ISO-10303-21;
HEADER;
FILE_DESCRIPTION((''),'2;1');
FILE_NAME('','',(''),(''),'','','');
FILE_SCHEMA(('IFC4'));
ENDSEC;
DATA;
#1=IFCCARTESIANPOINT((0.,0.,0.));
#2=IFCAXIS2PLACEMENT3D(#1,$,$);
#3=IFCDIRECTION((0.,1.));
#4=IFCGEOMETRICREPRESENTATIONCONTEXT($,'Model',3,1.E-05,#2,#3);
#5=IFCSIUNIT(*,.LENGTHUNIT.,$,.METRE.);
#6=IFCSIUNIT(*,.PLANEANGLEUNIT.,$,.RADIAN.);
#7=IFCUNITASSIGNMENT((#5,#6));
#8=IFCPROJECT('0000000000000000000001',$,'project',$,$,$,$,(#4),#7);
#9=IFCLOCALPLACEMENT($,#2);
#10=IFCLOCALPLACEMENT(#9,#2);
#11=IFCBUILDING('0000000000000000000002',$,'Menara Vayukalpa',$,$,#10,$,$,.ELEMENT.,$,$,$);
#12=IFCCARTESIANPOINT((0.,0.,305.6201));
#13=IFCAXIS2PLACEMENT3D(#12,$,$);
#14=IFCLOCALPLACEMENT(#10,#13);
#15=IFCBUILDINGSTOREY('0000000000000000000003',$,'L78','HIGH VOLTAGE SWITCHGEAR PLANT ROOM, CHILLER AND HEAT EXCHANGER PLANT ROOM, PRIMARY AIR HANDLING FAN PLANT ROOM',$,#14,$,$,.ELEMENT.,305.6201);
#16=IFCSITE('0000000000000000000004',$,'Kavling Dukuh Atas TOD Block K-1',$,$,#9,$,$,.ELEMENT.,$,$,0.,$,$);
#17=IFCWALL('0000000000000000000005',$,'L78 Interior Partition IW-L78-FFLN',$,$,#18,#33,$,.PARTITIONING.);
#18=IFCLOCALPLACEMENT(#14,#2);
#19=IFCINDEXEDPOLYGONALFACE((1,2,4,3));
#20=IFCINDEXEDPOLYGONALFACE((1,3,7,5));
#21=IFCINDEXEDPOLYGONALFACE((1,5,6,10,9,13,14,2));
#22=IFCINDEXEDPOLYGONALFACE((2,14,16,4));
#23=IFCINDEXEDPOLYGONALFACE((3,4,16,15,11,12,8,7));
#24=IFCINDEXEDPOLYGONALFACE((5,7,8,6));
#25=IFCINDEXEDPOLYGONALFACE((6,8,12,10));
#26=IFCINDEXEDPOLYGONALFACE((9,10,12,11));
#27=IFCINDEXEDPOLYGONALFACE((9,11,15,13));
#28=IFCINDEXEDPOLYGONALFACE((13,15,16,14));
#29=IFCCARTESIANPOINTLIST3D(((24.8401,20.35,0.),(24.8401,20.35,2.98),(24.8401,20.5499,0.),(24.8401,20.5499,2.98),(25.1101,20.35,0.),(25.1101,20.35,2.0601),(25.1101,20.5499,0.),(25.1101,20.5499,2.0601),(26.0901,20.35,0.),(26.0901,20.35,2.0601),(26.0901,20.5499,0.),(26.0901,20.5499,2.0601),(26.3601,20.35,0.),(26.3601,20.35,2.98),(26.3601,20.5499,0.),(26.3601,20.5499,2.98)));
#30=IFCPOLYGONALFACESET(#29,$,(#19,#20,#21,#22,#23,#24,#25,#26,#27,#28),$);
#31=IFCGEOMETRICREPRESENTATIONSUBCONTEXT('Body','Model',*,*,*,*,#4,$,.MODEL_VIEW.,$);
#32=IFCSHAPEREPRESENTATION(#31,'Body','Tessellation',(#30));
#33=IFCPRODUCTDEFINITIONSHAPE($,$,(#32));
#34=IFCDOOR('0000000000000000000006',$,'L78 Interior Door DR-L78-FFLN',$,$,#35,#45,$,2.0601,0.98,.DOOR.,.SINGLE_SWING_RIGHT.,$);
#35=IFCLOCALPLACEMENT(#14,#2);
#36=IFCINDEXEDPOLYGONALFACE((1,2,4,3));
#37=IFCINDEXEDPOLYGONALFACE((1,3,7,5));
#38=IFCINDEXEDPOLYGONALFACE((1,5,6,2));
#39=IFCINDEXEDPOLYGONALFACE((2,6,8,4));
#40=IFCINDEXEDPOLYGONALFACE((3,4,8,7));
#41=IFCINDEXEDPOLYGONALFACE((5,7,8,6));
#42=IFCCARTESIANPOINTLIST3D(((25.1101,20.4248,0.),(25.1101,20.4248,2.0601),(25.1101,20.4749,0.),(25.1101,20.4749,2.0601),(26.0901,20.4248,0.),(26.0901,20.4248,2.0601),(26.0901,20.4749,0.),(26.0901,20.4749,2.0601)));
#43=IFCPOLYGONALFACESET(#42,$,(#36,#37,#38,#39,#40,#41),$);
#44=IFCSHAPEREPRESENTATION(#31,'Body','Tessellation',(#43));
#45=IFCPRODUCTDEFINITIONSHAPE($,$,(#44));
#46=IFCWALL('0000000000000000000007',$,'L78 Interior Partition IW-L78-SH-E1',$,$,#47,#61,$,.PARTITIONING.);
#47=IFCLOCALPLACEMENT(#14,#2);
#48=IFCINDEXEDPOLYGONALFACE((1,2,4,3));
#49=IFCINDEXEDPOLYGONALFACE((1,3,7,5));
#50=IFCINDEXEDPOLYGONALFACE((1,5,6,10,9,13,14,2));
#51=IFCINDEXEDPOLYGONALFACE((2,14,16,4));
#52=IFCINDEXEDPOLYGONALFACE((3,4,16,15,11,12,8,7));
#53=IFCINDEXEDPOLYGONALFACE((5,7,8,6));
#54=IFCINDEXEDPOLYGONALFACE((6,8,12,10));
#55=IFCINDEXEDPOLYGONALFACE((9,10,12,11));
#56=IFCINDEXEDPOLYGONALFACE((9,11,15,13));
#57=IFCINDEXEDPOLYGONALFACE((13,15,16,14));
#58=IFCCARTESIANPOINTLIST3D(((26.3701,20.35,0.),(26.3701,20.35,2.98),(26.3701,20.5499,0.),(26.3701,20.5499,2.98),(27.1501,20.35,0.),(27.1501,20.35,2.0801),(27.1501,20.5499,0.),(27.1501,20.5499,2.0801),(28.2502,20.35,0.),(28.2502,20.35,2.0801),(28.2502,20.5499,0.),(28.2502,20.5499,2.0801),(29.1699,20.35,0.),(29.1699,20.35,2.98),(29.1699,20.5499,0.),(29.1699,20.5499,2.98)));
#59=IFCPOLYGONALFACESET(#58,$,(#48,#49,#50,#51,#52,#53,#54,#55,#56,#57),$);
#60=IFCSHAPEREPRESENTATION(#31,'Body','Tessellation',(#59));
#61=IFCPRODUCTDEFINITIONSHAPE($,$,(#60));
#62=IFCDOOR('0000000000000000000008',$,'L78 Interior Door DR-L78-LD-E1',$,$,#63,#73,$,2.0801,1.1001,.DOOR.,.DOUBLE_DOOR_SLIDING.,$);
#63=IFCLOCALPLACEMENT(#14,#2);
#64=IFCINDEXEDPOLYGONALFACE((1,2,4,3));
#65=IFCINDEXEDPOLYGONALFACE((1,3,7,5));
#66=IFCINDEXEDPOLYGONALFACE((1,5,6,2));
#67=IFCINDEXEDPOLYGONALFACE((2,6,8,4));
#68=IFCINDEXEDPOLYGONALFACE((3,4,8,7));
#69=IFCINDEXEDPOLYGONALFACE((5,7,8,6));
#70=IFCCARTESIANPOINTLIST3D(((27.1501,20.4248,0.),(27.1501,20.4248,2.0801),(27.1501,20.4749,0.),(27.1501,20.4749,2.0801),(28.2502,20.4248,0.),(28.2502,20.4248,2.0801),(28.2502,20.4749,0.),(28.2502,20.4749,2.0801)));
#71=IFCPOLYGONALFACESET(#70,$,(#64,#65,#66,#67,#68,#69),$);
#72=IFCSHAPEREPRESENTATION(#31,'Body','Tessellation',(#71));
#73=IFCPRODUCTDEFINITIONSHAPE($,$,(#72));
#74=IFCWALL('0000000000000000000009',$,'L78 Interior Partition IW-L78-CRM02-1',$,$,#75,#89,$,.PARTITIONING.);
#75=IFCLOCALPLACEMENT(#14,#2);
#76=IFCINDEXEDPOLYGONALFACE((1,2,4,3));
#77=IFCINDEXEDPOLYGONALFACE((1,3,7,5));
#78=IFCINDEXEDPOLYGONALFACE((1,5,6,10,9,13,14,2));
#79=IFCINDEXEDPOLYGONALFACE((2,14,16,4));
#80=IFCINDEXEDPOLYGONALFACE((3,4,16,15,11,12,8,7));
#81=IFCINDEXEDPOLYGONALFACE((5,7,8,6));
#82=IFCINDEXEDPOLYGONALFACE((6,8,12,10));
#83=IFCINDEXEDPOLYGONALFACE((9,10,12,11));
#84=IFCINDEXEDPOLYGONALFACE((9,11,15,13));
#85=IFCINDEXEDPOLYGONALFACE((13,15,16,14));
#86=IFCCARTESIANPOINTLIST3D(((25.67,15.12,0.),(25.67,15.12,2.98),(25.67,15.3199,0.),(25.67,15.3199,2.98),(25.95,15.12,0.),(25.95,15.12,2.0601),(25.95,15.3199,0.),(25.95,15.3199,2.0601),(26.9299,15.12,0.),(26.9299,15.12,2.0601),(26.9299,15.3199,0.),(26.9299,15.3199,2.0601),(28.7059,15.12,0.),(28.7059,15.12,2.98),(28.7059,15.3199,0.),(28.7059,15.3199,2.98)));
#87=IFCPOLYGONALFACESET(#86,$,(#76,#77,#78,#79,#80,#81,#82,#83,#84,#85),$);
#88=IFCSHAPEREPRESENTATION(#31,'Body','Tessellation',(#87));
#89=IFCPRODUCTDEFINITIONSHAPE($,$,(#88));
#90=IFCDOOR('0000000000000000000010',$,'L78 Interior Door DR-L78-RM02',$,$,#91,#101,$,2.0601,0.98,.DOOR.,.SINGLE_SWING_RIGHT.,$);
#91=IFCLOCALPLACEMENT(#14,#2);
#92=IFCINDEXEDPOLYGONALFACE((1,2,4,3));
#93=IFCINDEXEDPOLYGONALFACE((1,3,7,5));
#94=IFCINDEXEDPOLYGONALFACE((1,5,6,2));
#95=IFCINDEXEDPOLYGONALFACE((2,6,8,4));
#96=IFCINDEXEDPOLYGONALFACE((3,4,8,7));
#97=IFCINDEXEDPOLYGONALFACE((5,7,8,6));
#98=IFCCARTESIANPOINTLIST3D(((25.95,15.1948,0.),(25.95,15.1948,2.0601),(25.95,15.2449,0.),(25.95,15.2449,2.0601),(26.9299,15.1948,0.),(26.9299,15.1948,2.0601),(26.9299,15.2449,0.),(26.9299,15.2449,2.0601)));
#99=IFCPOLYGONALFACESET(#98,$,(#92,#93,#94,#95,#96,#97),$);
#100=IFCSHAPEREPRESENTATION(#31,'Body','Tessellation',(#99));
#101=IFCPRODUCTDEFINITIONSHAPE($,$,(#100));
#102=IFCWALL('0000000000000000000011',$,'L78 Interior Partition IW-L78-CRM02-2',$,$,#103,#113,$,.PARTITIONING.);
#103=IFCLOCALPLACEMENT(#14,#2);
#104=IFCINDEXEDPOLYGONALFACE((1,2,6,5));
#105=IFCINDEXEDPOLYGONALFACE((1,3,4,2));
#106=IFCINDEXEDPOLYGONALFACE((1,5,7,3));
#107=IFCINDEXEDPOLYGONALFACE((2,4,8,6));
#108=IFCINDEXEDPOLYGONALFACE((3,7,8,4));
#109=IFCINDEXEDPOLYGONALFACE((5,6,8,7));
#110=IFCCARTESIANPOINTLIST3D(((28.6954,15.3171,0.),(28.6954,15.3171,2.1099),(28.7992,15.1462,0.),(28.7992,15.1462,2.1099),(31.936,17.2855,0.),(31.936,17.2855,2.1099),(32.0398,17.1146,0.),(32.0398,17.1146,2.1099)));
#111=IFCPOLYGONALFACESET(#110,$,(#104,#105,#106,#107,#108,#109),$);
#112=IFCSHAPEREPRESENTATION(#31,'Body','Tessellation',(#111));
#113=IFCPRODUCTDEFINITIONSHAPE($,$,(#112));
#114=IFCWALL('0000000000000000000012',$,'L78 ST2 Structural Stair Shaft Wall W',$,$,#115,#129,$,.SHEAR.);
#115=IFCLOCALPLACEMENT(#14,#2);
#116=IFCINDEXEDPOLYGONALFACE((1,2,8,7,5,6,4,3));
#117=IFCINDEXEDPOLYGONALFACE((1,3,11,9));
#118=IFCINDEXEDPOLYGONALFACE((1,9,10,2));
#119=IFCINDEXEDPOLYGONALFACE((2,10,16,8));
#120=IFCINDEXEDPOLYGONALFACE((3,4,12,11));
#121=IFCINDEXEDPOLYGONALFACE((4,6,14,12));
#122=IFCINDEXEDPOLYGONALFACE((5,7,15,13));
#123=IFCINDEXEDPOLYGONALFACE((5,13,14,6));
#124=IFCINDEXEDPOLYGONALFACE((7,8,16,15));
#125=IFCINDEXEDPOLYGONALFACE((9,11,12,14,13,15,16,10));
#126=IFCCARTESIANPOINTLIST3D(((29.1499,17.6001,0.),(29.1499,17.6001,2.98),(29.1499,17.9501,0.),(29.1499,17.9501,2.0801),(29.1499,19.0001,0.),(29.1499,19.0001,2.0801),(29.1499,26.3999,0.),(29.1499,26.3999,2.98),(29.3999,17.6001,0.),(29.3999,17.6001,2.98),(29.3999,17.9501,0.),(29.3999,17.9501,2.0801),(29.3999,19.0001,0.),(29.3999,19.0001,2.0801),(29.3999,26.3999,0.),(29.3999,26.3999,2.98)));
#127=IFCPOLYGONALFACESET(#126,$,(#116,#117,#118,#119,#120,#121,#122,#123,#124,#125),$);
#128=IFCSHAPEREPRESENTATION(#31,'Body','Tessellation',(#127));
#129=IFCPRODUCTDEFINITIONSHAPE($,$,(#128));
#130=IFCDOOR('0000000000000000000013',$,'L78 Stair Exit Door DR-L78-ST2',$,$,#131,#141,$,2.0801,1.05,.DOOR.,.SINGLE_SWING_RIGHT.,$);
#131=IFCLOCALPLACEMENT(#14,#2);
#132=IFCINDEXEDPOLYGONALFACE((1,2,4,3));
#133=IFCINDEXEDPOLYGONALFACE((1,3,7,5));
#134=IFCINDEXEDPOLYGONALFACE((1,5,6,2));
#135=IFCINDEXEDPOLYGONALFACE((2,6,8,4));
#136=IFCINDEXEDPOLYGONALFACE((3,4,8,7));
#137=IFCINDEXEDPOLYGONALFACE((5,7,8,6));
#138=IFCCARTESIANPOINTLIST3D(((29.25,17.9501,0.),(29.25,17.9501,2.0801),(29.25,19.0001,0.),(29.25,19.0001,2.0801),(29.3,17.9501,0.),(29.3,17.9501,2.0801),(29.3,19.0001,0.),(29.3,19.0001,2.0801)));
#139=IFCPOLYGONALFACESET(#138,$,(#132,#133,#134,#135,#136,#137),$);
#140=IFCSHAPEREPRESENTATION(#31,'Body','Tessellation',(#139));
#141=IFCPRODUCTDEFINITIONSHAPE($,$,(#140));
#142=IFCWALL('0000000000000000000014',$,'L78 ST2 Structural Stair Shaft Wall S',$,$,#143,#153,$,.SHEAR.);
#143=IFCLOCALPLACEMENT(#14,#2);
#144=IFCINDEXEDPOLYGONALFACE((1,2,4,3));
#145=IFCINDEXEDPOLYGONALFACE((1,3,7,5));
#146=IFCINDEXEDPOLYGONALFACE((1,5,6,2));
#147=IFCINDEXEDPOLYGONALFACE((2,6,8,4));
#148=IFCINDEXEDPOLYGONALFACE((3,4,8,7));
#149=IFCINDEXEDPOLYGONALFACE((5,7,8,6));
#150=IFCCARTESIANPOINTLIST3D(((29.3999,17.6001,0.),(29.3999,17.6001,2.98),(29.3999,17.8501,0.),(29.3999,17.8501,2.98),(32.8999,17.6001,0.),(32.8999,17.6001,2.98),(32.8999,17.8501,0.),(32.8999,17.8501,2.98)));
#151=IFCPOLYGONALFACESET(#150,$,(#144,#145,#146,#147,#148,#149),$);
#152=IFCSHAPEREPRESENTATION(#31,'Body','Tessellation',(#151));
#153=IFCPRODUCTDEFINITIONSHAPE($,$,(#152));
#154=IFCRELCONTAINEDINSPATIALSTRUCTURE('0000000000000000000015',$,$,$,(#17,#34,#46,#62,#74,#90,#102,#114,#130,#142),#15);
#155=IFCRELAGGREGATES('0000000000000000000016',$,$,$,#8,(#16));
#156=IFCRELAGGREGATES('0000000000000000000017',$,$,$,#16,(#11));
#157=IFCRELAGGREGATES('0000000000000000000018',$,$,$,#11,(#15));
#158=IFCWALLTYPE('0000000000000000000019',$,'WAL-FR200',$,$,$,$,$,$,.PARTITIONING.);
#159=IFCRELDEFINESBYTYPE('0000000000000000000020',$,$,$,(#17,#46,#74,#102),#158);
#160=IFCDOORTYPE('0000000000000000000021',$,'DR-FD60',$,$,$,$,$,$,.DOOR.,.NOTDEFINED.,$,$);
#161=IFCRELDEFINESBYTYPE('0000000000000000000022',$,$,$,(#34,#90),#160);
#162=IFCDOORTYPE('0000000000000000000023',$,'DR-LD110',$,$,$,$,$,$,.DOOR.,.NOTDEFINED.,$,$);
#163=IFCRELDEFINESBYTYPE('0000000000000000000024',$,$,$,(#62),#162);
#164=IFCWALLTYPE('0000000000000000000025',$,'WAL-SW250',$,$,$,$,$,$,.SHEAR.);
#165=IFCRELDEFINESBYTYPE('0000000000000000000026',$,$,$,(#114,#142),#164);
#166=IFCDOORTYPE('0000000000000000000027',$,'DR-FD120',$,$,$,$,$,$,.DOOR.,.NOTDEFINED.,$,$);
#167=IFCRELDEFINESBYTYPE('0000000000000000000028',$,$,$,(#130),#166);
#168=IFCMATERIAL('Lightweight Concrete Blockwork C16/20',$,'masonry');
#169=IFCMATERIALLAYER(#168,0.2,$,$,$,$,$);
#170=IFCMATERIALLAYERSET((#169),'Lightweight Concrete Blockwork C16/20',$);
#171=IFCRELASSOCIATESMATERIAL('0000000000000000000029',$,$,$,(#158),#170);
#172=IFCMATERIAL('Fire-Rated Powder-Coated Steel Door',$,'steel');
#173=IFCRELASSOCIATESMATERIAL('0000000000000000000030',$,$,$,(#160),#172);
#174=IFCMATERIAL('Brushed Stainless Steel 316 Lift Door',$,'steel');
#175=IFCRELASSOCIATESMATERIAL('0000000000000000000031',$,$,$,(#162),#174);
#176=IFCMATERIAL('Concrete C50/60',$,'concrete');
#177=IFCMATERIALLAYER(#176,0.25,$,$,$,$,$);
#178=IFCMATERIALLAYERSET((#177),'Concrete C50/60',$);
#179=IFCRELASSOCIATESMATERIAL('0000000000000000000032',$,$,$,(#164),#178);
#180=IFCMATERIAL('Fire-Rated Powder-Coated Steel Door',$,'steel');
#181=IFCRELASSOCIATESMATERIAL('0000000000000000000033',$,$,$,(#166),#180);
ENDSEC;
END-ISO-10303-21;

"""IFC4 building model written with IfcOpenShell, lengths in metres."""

from ifc_helpers import new_model, si_unit, direction, frame, frame_2d, origin, place, context, subcontext, project, spatial, rectangle, extrude, material, layer, layer_set, type_object, element, fill, save


model = new_model("IFC4")

# Units and contexts
model_context = context("Model", 3, precision=1e-05, world=origin(), true_north=direction((0.0, 1.0)))
body_context = subcontext(model_context, "Body", "Model", "MODEL_VIEW")
ifc_project = project(units=[si_unit("LENGTHUNIT", "METRE"), si_unit("PLANEANGLEUNIT", "RADIAN")], contexts=[model_context])

# Site, building, storey
site_placement = place(None, origin())
site = spatial("IfcSite", under=ifc_project, at=site_placement, Name="Kavling Dukuh Atas TOD Block K-1", CompositionType="ELEMENT", RefElevation=0.0)
building_placement = place(site_placement, origin())
building = spatial("IfcBuilding", under=site, at=building_placement, Name="Menara Vayukalpa", CompositionType="ELEMENT")
storey_placement = place(building_placement, frame((0.0, 0.0, 305.6201)))
storey = spatial("IfcBuildingStorey", under=building, at=storey_placement, Name="L78", Description="HIGH VOLTAGE SWITCHGEAR PLANT ROOM, CHILLER AND HEAT EXCHANGER PLANT ROOM, PRIMARY AIR HANDLING FAN PLANT ROOM", CompositionType="ELEMENT", Elevation=305.6201)

# Walls, openings, doors
ifc_material_1 = material(Name="Lightweight Concrete Blockwork C16/20", Category="masonry")
ifc_layer_1 = layer(ifc_material_1, 0.2)
ifc_layer_set_1 = layer_set([ifc_layer_1], Name="Lightweight Concrete Blockwork C16/20")
wall_type_1 = type_object("IfcWallType", Name="WAL-FR200", PredefinedType="PARTITIONING", material=ifc_layer_set_1)
wall_1_placement = place(storey_placement, frame((24.8401, 20.45, 0.0), z_axis=(0.0, 0.0, 1.0), x_axis=(1.0, 0.0, 0.0)))
wall_1 = element("IfcWall", 1, at=wall_1_placement, inside=storey, type_object=wall_type_1, Name="L78 Interior Partition IW-L78-FFLN", PredefinedType="PARTITIONING", context=body_context, shape_type="SweptSolid", body=[
    extrude(rectangle(XDim=1.52, YDim=0.2, at=frame_2d((0.76, 0.0))), origin(), (0.0, 0.0, 1.0), 2.98),
])
opening_1_placement = place(wall_1_placement, frame((0.27, 0.0, 0.0)))
opening_1 = element("IfcOpeningElement", 2, at=opening_1_placement, cuts=wall_1, PredefinedType="OPENING", context=body_context, shape_type="SweptSolid", body=[
    extrude(rectangle(XDim=0.98, YDim=2.0601, at=frame_2d((0.49, 1.03))), frame((0.0, 0.1099, 0.0), z_axis=(0.0, -1.0, 0.0), x_axis=(1.0, 0.0, 0.0)), (0.0, 0.0, 1.0), 0.22),
])
ifc_material_2 = material(Name="Fire-Rated Powder-Coated Steel Door", Category="steel")
door_type_1 = type_object("IfcDoorType", Name="DR-FD60", OperationType="NOTDEFINED", PredefinedType="DOOR", material=ifc_material_2)
door_1_placement = place(opening_1_placement, origin())
door_1 = element("IfcDoor", 3, at=door_1_placement, inside=storey, type_object=door_type_1, Name="L78 Interior Door DR-L78-FFLN", OperationType="SINGLE_SWING_RIGHT", OverallHeight=2.0601, OverallWidth=0.98, PredefinedType="DOOR", context=body_context, shape_type="SweptSolid", body=[
    extrude(rectangle(XDim=0.98, YDim=2.0601, at=frame_2d((0.49, 1.03))), frame((0.0, 0.0249, 0.0), z_axis=(0.0, -1.0, 0.0), x_axis=(1.0, 0.0, 0.0)), (0.0, 0.0, 1.0), 0.05),
])
fill(opening_1, door_1)
wall_2_placement = place(storey_placement, frame((26.3701, 20.45, 0.0), z_axis=(0.0, 0.0, 1.0), x_axis=(1.0, 0.0, 0.0)))
wall_2 = element("IfcWall", 4, at=wall_2_placement, inside=storey, type_object=wall_type_1, Name="L78 Interior Partition IW-L78-SH-E1", PredefinedType="PARTITIONING", context=body_context, shape_type="SweptSolid", body=[
    extrude(rectangle(XDim=2.7998, YDim=0.2, at=frame_2d((1.3999, 0.0))), origin(), (0.0, 0.0, 1.0), 2.98),
])
opening_2_placement = place(wall_2_placement, frame((0.78, 0.0, 0.0)))
opening_2 = element("IfcOpeningElement", 5, at=opening_2_placement, cuts=wall_2, PredefinedType="OPENING", context=body_context, shape_type="SweptSolid", body=[
    extrude(rectangle(XDim=1.1001, YDim=2.0801, at=frame_2d((0.55, 1.04))), frame((0.0, 0.1099, 0.0), z_axis=(0.0, -1.0, 0.0), x_axis=(1.0, 0.0, 0.0)), (0.0, 0.0, 1.0), 0.22),
])
ifc_material_3 = material(Name="Brushed Stainless Steel 316 Lift Door", Category="steel")
door_type_2 = type_object("IfcDoorType", Name="DR-LD110", OperationType="NOTDEFINED", PredefinedType="DOOR", material=ifc_material_3)
door_2_placement = place(opening_2_placement, origin())
door_2 = element("IfcDoor", 6, at=door_2_placement, inside=storey, type_object=door_type_2, Name="L78 Interior Door DR-L78-LD-E1", OperationType="DOUBLE_DOOR_SLIDING", OverallHeight=2.0801, OverallWidth=1.1001, PredefinedType="DOOR", context=body_context, shape_type="SweptSolid", body=[
    extrude(rectangle(XDim=1.1001, YDim=2.0801, at=frame_2d((0.55, 1.04))), frame((0.0, 0.0249, 0.0), z_axis=(0.0, -1.0, 0.0), x_axis=(1.0, 0.0, 0.0)), (0.0, 0.0, 1.0), 0.05),
])
fill(opening_2, door_2)
wall_3_placement = place(storey_placement, frame((25.6699, 15.22, 0.0), z_axis=(0.0, 0.0, 1.0), x_axis=(1.0, 0.0, 0.0)))
wall_3 = element("IfcWall", 7, at=wall_3_placement, inside=storey, type_object=wall_type_1, Name="L78 Interior Partition IW-L78-CRM02-1", PredefinedType="PARTITIONING", context=body_context, shape_type="SweptSolid", body=[
    extrude(rectangle(XDim=3.0359, YDim=0.2, at=frame_2d((1.5181, 0.0))), origin(), (0.0, 0.0, 1.0), 2.98),
])
opening_3_placement = place(wall_3_placement, frame((0.28, 0.0, 0.0)))
opening_3 = element("IfcOpeningElement", 8, at=opening_3_placement, cuts=wall_3, PredefinedType="OPENING", context=body_context, shape_type="SweptSolid", body=[
    extrude(rectangle(XDim=0.98, YDim=2.0601, at=frame_2d((0.49, 1.03))), frame((0.0, 0.1099, 0.0), z_axis=(0.0, -1.0, 0.0), x_axis=(1.0, 0.0, 0.0)), (0.0, 0.0, 1.0), 0.22),
])
door_3_placement = place(opening_3_placement, origin())
door_3 = element("IfcDoor", 9, at=door_3_placement, inside=storey, type_object=door_type_1, Name="L78 Interior Door DR-L78-RM02", OperationType="SINGLE_SWING_RIGHT", OverallHeight=2.0601, OverallWidth=0.98, PredefinedType="DOOR", context=body_context, shape_type="SweptSolid", body=[
    extrude(rectangle(XDim=0.98, YDim=2.0601, at=frame_2d((0.49, 1.03))), frame((0.0, 0.0249, 0.0), z_axis=(0.0, -1.0, 0.0), x_axis=(1.0, 0.0, 0.0)), (0.0, 0.0, 1.0), 0.05),
])
fill(opening_3, door_3)

# Wall
wall_4_placement = place(storey_placement, frame((28.7473, 15.2317, 0.0), z_axis=(0.0, 0.0, 1.0), x_axis=(0.854691, 0.519138, 0.0)))
element("IfcWall", 10, at=wall_4_placement, inside=storey, type_object=wall_type_1, Name="L78 Interior Partition IW-L78-CRM02-2", PredefinedType="PARTITIONING", context=body_context, shape_type="SweptSolid", body=[
    extrude(rectangle(XDim=3.7915, YDim=0.2, at=frame_2d((1.8958, 0.0))), origin(), (0.0, 0.0, 1.0), 2.1099),
])

# Wall, opening, door
ifc_material_4 = material(Name="Concrete C50/60", Category="concrete")
ifc_layer_2 = layer(ifc_material_4, 0.25)
ifc_layer_set_2 = layer_set([ifc_layer_2], Name="Concrete C50/60")
wall_type_2 = type_object("IfcWallType", Name="WAL-SW250", PredefinedType="SHEAR", material=ifc_layer_set_2)
wall_5_placement = place(storey_placement, frame((29.2749, 17.6001, 0.0), z_axis=(0.0, 0.0, 1.0), x_axis=(0.0, 1.0, 0.0)))
wall_5 = element("IfcWall", 11, at=wall_5_placement, inside=storey, type_object=wall_type_2, Name="L78 ST2 Structural Stair Shaft Wall W", PredefinedType="SHEAR", context=body_context, shape_type="SweptSolid", body=[
    extrude(rectangle(XDim=8.7998, YDim=0.25, at=frame_2d((4.3999, 0.0))), origin(), (0.0, 0.0, 1.0), 2.98),
])
opening_4_placement = place(wall_5_placement, frame((0.3501, 0.0, 0.0)))
opening_4 = element("IfcOpeningElement", 12, at=opening_4_placement, cuts=wall_5, PredefinedType="OPENING", context=body_context, shape_type="SweptSolid", body=[
    extrude(rectangle(XDim=1.05, YDim=2.0801, at=frame_2d((0.5249, 1.04))), frame((0.0, 0.135, 0.0), z_axis=(0.0, -1.0, 0.0), x_axis=(1.0, 0.0, 0.0)), (0.0, 0.0, 1.0), 0.27),
])
ifc_material_5 = material(Name="Fire-Rated Powder-Coated Steel Door", Category="steel")
door_type_3 = type_object("IfcDoorType", Name="DR-FD120", OperationType="NOTDEFINED", PredefinedType="DOOR", material=ifc_material_5)
door_4_placement = place(opening_4_placement, origin())
door_4 = element("IfcDoor", 13, at=door_4_placement, inside=storey, type_object=door_type_3, Name="L78 Stair Exit Door DR-L78-ST2", OperationType="SINGLE_SWING_RIGHT", OverallHeight=2.0801, OverallWidth=1.05, PredefinedType="DOOR", context=body_context, shape_type="SweptSolid", body=[
    extrude(rectangle(XDim=1.05, YDim=2.0801, at=frame_2d((0.5249, 1.04))), frame((0.0, 0.0249, 0.0), z_axis=(0.0, -1.0, 0.0), x_axis=(1.0, 0.0, 0.0)), (0.0, 0.0, 1.0), 0.05),
])
fill(opening_4, door_4)

# Wall
wall_6_placement = place(storey_placement, frame((29.3999, 17.7251, 0.0), z_axis=(0.0, 0.0, 1.0), x_axis=(1.0, 0.0, 0.0)))
element("IfcWall", 14, at=wall_6_placement, inside=storey, type_object=wall_type_2, Name="L78 ST2 Structural Stair Shaft Wall S", PredefinedType="SHEAR", context=body_context, shape_type="SweptSolid", body=[
    extrude(rectangle(XDim=3.5, YDim=0.25, at=frame_2d((1.75, 0.0))), origin(), (0.0, 0.0, 1.0), 2.98),
])

save(model, "model.ifc")
